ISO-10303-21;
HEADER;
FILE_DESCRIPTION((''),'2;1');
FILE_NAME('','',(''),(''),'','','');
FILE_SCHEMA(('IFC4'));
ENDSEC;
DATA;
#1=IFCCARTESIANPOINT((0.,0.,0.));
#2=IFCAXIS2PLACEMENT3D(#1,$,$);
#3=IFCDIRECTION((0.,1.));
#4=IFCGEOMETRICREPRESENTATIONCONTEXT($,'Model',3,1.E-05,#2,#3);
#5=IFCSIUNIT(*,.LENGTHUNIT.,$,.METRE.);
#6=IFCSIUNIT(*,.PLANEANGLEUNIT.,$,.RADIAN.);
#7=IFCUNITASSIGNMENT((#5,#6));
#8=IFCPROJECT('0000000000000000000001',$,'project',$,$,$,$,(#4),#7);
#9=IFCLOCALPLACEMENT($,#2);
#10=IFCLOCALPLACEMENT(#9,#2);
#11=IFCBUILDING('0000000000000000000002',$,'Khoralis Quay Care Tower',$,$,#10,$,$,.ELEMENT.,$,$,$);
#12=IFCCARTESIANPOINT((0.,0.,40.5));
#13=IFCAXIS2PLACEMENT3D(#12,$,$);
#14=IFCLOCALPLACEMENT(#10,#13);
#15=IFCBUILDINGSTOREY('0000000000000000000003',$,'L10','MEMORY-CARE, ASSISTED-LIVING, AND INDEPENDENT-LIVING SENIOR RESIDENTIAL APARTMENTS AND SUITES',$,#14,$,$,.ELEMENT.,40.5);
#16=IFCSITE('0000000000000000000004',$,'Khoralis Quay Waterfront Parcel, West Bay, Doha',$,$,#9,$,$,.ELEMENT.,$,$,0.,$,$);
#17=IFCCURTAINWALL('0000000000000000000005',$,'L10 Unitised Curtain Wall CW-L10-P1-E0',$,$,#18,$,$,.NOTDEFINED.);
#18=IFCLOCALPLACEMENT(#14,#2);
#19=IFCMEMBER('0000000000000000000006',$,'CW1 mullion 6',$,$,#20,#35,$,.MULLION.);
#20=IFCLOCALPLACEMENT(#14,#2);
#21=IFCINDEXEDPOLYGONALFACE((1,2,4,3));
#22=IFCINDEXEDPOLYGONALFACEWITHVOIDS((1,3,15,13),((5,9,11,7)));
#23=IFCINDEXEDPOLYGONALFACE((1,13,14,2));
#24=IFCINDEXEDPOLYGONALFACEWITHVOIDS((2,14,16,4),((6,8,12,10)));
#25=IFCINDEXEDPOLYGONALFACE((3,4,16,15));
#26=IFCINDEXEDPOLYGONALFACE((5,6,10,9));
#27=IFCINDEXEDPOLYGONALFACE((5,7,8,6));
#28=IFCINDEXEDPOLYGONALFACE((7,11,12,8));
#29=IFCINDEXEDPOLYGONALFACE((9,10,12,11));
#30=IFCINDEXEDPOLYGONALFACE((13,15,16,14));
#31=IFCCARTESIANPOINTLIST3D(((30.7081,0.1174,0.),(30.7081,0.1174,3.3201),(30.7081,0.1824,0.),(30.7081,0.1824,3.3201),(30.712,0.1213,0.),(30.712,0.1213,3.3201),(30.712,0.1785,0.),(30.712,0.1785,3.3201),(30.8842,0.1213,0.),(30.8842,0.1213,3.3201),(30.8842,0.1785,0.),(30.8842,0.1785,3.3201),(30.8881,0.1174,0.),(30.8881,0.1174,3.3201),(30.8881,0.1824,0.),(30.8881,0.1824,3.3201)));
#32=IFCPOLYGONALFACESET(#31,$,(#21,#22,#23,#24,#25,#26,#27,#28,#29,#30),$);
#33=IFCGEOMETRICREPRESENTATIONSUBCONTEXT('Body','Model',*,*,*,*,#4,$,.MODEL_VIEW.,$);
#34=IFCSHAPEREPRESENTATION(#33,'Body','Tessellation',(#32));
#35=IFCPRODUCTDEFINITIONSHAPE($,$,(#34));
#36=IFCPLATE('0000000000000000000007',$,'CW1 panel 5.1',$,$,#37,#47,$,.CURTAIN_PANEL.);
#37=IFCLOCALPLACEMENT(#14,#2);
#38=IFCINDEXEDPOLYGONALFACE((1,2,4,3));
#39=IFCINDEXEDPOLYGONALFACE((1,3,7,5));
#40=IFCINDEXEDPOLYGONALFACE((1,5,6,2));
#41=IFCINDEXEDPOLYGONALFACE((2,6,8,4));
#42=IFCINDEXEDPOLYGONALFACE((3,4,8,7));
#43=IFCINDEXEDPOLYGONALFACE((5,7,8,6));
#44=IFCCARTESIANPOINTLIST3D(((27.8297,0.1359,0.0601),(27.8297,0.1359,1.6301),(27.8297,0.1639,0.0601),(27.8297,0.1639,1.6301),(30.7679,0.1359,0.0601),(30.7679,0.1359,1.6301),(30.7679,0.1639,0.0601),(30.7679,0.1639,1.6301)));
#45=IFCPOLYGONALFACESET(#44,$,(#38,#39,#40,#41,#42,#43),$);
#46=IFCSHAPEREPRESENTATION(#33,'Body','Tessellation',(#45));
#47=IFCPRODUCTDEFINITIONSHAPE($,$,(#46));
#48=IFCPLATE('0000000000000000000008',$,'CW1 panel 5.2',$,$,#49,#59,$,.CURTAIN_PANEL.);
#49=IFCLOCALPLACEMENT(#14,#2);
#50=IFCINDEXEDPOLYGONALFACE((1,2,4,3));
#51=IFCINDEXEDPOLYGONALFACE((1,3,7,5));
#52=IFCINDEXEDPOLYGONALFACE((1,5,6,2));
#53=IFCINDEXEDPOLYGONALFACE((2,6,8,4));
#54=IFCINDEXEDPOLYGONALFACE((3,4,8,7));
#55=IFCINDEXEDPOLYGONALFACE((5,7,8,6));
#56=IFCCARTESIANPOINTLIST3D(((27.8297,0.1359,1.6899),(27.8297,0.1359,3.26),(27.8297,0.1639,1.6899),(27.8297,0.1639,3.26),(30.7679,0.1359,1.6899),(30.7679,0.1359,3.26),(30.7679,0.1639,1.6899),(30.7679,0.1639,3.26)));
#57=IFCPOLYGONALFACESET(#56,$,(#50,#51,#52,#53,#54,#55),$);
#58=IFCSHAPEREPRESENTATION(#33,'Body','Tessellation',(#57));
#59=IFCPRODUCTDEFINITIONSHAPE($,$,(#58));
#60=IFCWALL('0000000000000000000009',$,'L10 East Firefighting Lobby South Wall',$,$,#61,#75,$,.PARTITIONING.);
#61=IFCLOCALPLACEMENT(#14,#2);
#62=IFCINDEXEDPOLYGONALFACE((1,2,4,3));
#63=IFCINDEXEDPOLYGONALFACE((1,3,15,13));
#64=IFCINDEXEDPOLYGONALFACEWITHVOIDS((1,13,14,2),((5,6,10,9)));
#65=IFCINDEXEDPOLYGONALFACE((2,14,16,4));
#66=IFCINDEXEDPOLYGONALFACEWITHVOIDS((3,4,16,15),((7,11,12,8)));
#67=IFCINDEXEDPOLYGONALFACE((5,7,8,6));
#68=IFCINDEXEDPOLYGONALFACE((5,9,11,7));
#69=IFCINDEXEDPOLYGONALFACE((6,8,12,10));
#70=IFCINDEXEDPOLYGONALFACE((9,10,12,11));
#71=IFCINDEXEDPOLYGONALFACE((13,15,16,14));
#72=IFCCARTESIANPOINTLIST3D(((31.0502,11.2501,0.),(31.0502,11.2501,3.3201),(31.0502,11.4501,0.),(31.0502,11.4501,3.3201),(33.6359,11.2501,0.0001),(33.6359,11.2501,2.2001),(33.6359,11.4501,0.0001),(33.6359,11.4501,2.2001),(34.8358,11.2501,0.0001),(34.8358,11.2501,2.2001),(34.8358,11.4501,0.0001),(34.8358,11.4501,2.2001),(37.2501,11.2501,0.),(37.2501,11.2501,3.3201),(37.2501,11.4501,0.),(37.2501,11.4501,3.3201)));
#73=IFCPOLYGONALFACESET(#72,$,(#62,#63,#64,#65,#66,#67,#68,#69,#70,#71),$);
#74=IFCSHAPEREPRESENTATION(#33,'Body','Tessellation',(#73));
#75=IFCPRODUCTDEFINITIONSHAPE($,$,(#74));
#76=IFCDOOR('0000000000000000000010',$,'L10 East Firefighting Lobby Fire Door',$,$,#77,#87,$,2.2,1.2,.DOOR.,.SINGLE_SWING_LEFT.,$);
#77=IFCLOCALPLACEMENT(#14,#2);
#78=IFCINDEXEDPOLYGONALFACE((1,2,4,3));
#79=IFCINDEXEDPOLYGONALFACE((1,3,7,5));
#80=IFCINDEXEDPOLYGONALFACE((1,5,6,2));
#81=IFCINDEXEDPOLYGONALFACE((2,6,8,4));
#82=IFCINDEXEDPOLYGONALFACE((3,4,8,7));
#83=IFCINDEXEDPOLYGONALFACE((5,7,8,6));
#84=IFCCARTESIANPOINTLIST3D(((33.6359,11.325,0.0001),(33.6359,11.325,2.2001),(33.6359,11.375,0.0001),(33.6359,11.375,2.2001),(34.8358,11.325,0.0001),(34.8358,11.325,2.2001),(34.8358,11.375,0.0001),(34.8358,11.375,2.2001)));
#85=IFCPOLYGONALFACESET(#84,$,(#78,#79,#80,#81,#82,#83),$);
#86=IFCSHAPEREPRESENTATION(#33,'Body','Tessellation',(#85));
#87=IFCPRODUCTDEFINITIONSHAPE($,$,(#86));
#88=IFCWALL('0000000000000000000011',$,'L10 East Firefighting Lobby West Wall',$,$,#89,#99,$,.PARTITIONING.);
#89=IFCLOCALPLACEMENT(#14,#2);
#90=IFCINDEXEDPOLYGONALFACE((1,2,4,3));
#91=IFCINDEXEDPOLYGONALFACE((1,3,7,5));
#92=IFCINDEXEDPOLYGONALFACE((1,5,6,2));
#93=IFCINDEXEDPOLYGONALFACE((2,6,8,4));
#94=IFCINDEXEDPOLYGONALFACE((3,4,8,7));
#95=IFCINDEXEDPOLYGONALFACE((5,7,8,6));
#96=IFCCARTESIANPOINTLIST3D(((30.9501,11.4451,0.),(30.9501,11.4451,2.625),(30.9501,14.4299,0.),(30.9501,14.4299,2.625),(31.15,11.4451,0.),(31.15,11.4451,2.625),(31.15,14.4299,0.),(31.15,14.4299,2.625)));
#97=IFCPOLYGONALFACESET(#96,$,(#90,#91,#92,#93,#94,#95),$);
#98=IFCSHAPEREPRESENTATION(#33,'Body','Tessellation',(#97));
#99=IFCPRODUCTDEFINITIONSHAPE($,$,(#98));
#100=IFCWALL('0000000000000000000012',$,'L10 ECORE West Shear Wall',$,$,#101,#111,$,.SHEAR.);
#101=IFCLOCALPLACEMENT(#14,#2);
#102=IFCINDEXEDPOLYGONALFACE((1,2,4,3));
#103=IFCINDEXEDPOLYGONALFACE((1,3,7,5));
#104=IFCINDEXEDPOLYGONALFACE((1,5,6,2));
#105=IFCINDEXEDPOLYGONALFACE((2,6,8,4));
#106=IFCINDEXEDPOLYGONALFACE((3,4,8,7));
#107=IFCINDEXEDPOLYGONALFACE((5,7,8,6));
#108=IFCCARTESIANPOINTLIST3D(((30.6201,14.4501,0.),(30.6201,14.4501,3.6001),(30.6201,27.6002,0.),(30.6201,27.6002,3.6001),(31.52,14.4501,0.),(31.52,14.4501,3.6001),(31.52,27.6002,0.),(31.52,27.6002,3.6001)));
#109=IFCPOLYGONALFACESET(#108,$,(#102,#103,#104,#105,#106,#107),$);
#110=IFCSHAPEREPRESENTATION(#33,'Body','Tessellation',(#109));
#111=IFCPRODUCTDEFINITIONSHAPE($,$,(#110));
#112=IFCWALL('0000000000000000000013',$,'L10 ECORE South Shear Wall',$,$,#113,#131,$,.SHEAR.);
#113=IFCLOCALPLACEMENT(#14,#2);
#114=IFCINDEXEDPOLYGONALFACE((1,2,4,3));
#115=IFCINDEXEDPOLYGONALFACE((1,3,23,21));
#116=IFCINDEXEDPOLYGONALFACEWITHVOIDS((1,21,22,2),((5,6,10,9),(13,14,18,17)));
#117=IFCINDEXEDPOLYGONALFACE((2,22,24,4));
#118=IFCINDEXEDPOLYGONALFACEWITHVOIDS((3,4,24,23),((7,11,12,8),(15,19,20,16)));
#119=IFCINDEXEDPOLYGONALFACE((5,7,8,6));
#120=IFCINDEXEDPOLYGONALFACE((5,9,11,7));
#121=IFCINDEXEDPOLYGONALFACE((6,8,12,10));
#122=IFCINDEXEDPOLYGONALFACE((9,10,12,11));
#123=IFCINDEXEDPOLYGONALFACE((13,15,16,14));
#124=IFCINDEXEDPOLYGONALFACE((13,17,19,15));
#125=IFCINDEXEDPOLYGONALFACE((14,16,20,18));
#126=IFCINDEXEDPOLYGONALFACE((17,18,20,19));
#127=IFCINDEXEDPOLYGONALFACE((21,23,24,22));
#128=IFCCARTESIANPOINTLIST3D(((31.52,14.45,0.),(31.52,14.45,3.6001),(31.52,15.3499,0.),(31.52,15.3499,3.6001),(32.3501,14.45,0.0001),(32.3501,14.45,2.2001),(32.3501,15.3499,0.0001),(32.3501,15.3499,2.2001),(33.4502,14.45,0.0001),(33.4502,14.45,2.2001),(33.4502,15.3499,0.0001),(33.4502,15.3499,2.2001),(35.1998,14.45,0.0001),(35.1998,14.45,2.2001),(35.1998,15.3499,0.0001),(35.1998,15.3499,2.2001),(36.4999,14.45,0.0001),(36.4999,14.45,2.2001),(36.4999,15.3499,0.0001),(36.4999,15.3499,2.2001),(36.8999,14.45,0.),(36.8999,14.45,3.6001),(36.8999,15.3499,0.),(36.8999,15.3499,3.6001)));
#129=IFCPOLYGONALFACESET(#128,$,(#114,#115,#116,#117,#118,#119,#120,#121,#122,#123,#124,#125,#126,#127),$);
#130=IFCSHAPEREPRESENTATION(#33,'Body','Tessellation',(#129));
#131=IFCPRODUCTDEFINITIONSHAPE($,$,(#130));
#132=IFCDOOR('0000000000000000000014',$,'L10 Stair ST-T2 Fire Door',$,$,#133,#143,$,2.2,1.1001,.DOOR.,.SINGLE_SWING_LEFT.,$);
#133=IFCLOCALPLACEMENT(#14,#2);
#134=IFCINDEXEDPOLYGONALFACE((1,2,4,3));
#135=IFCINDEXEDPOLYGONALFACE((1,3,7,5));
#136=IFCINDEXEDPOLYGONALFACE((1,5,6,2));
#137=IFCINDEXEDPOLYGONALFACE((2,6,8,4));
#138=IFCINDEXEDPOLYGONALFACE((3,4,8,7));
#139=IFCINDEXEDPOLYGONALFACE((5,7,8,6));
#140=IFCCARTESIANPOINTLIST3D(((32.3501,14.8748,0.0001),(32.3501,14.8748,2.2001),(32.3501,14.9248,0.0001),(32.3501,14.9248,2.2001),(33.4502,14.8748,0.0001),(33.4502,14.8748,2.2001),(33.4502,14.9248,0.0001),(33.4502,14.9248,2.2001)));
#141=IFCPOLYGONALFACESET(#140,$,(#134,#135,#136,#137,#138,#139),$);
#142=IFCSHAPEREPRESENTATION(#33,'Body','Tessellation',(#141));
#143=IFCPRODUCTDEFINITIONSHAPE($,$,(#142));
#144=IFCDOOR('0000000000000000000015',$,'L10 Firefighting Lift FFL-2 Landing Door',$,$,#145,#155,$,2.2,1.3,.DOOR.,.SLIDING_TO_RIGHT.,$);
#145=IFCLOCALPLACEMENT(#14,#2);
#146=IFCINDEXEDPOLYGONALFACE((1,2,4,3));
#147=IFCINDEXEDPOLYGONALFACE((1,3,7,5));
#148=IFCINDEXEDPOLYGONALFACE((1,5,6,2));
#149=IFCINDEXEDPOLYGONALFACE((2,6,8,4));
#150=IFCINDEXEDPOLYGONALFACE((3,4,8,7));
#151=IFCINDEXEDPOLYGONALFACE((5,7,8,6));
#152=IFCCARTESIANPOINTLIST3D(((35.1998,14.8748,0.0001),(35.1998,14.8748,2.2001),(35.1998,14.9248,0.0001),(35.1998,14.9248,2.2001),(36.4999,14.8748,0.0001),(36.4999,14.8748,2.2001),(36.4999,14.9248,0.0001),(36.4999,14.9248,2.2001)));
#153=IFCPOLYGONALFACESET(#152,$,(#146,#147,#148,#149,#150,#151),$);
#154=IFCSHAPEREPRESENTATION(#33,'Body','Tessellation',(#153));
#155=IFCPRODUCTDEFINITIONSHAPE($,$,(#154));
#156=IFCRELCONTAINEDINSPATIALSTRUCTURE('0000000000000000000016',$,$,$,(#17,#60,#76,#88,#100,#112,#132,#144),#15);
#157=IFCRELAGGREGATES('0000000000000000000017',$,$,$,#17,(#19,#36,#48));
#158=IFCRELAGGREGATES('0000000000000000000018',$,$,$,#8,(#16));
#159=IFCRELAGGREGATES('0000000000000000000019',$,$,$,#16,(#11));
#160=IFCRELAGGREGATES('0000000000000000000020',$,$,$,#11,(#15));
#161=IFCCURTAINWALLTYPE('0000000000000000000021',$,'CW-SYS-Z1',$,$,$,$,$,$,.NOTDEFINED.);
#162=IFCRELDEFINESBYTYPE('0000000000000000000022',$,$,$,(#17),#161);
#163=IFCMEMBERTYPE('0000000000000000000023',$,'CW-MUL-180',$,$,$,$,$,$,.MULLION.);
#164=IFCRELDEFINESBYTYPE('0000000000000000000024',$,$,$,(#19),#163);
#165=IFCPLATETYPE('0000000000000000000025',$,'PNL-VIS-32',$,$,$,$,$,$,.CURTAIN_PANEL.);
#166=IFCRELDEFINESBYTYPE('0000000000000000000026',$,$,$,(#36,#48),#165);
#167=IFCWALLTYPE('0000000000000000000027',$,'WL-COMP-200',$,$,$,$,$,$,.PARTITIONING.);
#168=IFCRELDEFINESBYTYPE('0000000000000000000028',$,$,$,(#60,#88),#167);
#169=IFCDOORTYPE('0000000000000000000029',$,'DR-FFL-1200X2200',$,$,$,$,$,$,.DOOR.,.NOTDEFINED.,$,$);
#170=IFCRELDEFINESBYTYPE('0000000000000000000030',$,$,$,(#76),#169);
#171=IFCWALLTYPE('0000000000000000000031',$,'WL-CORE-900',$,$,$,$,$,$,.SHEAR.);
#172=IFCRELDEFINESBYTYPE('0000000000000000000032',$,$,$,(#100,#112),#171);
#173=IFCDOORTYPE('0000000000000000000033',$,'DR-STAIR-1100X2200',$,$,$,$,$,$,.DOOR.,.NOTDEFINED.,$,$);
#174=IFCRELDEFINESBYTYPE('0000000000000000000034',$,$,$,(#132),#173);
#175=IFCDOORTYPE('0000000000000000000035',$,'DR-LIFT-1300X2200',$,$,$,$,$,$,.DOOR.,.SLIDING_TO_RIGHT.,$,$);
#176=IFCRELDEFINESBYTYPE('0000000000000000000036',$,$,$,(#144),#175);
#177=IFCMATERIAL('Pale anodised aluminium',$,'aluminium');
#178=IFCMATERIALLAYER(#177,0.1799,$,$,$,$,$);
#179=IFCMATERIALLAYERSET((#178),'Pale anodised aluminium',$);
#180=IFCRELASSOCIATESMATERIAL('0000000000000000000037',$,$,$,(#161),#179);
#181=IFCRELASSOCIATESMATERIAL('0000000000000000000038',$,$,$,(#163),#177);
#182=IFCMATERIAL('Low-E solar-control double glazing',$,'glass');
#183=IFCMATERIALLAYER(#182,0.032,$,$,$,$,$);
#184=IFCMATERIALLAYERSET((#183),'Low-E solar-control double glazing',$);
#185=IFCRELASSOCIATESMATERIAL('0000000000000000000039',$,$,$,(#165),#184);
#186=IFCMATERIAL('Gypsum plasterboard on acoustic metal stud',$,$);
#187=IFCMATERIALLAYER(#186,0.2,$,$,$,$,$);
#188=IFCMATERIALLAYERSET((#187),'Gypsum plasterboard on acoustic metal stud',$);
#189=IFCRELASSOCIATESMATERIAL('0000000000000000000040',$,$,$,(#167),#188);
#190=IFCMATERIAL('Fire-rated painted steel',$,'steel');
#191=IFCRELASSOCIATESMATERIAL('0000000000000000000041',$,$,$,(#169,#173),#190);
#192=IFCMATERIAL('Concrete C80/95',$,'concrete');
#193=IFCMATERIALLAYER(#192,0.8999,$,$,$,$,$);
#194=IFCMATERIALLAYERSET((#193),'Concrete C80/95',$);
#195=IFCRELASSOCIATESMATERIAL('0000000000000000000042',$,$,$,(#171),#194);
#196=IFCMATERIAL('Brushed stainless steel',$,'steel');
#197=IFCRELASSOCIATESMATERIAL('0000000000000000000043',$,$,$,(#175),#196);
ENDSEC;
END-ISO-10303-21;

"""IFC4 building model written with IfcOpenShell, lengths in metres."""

from ifc_helpers import new_model, si_unit, direction, frame, frame_2d, origin, origin_2d, place, context, subcontext, project, spatial, rectangle, hollow_rectangle, extrude, source, transform, mapped, material, layer, layer_set, material_profile, profile_set, type_object, element, fill, aggregate, save


model = new_model("IFC4")

# Units and contexts
model_context = context("Model", 3, precision=1e-05, world=origin(), true_north=direction((0.0, 1.0)))
body_context = subcontext(model_context, "Body", "Model", "MODEL_VIEW")
ifc_project = project(units=[si_unit("LENGTHUNIT", "METRE"), si_unit("PLANEANGLEUNIT", "RADIAN")], contexts=[model_context])

# Site, building, storey
site_placement = place(None, origin())
site = spatial("IfcSite", under=ifc_project, at=site_placement, Name="Khoralis Quay Waterfront Parcel, West Bay, Doha", CompositionType="ELEMENT", RefElevation=0.0)
building_placement = place(site_placement, origin())
building = spatial("IfcBuilding", under=site, at=building_placement, Name="Khoralis Quay Care Tower", CompositionType="ELEMENT")
storey_placement = place(building_placement, frame((0.0, 0.0, 40.5)))
storey = spatial("IfcBuildingStorey", under=building, at=storey_placement, Name="L10", Description="MEMORY-CARE, ASSISTED-LIVING, AND INDEPENDENT-LIVING SENIOR RESIDENTIAL APARTMENTS AND SUITES", CompositionType="ELEMENT", Elevation=40.5)

# Shared definitions
ifc_material_1 = material(Name="Concrete C80/95", Category="concrete")

# Curtain wall, member, plates
ifc_material_2 = material(Name="Pale anodised aluminium", Category="aluminium")
ifc_layer_1 = layer(ifc_material_2, 0.1799)
ifc_layer_set_1 = layer_set([ifc_layer_1], Name="Pale anodised aluminium")
curtain_wall_type = type_object("IfcCurtainWallType", Name="CW-SYS-Z1", PredefinedType="NOTDEFINED", material=ifc_layer_set_1)
curtain_wall_placement = place(storey_placement, origin())
curtain_wall = element("IfcCurtainWall", 1, at=curtain_wall_placement, inside=storey, type_object=curtain_wall_type, Name="L10 Unitised Curtain Wall CW-L10-P1-E0", PredefinedType="NOTDEFINED")
ifc_material_profile_1 = material_profile(ifc_material_2, hollow_rectangle(XDim=0.0649, YDim=0.1799, WallThickness=0.0039, at=origin_2d()), Name="Pale anodised aluminium")
ifc_profile_set_1 = profile_set([ifc_material_profile_1], Name="Pale anodised aluminium")
member_type = type_object("IfcMemberType", Name="CW-MUL-180", PredefinedType="MULLION", material=ifc_profile_set_1)
shared_shape_1 = source(origin(), body_context, "Body", "SweptSolid", [
    extrude(hollow_rectangle(XDim=0.0649, YDim=0.1799, WallThickness=0.0039, at=origin_2d()), origin(), (0.0, 0.0, 1.0), 3.3201),
])
member_placement = place(storey_placement, frame((30.7981, 0.1499, 0.0), z_axis=(0.0, 0.0, 1.0), x_axis=(0.0, 1.0, 0.0)))
member = element("IfcMember", 2, at=member_placement, type_object=member_type, Name="CW1 mullion 6", PredefinedType="MULLION", context=body_context, shape_type="MappedRepresentation", body=[
    mapped(shared_shape_1, transform((0.0, 0.0, 0.0), scale=1.0)),
])
ifc_material_3 = material(Name="Low-E solar-control double glazing", Category="glass")
ifc_layer_2 = layer(ifc_material_3, 0.032)
ifc_layer_set_2 = layer_set([ifc_layer_2], Name="Low-E solar-control double glazing")
plate_type = type_object("IfcPlateType", Name="PNL-VIS-32", PredefinedType="CURTAIN_PANEL", material=ifc_layer_set_2)
shared_shape_2 = source(origin(), body_context, "Body", "SweptSolid", [
    extrude(rectangle(XDim=2.9382, YDim=0.0281, at=origin_2d()), origin(), (0.0, 0.0, 1.0), 1.5701),
])
plate_1_placement = place(storey_placement, frame((29.2988, 0.1499, 0.0601), z_axis=(0.0, 0.0, 1.0), x_axis=(1.0, 0.0, 0.0)))
plate_1 = element("IfcPlate", 3, at=plate_1_placement, type_object=plate_type, Name="CW1 panel 5.1", PredefinedType="CURTAIN_PANEL", context=body_context, shape_type="MappedRepresentation", body=[
    mapped(shared_shape_2, transform((0.0, 0.0, 0.0), scale=1.0)),
])
plate_2_placement = place(storey_placement, frame((29.2988, 0.1499, 1.6899), z_axis=(0.0, 0.0, 1.0), x_axis=(1.0, 0.0, 0.0)))
plate_2 = element("IfcPlate", 4, at=plate_2_placement, type_object=plate_type, Name="CW1 panel 5.2", PredefinedType="CURTAIN_PANEL", context=body_context, shape_type="MappedRepresentation", body=[
    mapped(shared_shape_2, transform((0.0, 0.0, 0.0), scale=1.0)),
])
aggregate(curtain_wall, [member, plate_1, plate_2])

# Wall, opening, door
ifc_material_4 = material(Name="Gypsum plasterboard on acoustic metal stud")
ifc_layer_3 = layer(ifc_material_4, 0.2)
ifc_layer_set_3 = layer_set([ifc_layer_3], Name="Gypsum plasterboard on acoustic metal stud")
wall_type_1 = type_object("IfcWallType", Name="WL-COMP-200", PredefinedType="PARTITIONING", material=ifc_layer_set_3)
wall_1_placement = place(storey_placement, frame((31.05, 11.3501, 0.0), z_axis=(0.0, 0.0, 1.0), x_axis=(1.0, 0.0, 0.0)))
wall_1 = element("IfcWall", 5, at=wall_1_placement, inside=storey, type_object=wall_type_1, Name="L10 East Firefighting Lobby South Wall", PredefinedType="PARTITIONING", context=body_context, shape_type="SweptSolid", body=[
    extrude(rectangle(XDim=6.2, YDim=0.2, at=frame_2d((3.1001, 0.0))), origin(), (0.0, 0.0, 1.0), 3.3201),
])
opening_1_placement = place(wall_1_placement, frame((2.5857, 0.0, 0.0)))
opening_1 = element("IfcOpeningElement", 6, at=opening_1_placement, cuts=wall_1, PredefinedType="OPENING", context=body_context, shape_type="SweptSolid", body=[
    extrude(rectangle(XDim=1.2, YDim=2.2, at=frame_2d((0.6001, 1.1001))), frame((0.0, 0.1099, 0.0), z_axis=(0.0, -1.0, 0.0), x_axis=(1.0, 0.0, 0.0)), (0.0, 0.0, 1.0), 0.22),
])
ifc_material_5 = material(Name="Fire-rated painted steel", Category="steel")
door_type_1 = type_object("IfcDoorType", Name="DR-FFL-1200X2200", OperationType="NOTDEFINED", PredefinedType="DOOR", material=ifc_material_5)
shared_shape_3 = source(origin(), body_context, "Body", "SweptSolid", [
    extrude(rectangle(XDim=1.2, YDim=2.2, at=frame_2d((0.6001, 1.1001))), frame((0.0, 0.0249, 0.0), z_axis=(0.0, -1.0, 0.0), x_axis=(1.0, 0.0, 0.0)), (0.0, 0.0, 1.0), 0.05),
])
door_1_placement = place(opening_1_placement, origin())
door_1 = element("IfcDoor", 7, at=door_1_placement, inside=storey, type_object=door_type_1, Name="L10 East Firefighting Lobby Fire Door", OperationType="SINGLE_SWING_LEFT", OverallHeight=2.2, OverallWidth=1.2, PredefinedType="DOOR", context=body_context, shape_type="MappedRepresentation", body=[
    mapped(shared_shape_3, transform((0.0, 0.0, 0.0), scale=1.0)),
])
fill(opening_1, door_1)

# Walls
wall_2_placement = place(storey_placement, frame((31.05, 11.4451, 0.0), z_axis=(0.0, 0.0, 1.0), x_axis=(0.0, 1.0, 0.0)))
element("IfcWall", 8, at=wall_2_placement, inside=storey, type_object=wall_type_1, Name="L10 East Firefighting Lobby West Wall", PredefinedType="PARTITIONING", context=body_context, shape_type="SweptSolid", body=[
    extrude(rectangle(XDim=2.9849, YDim=0.2, at=frame_2d((1.4924, 0.0))), origin(), (0.0, 0.0, 1.0), 2.625),
])
ifc_layer_4 = layer(ifc_material_1, 0.8999)
ifc_layer_set_4 = layer_set([ifc_layer_4], Name="Concrete C80/95")
wall_type_2 = type_object("IfcWallType", Name="WL-CORE-900", PredefinedType="SHEAR", material=ifc_layer_set_4)
wall_3_placement = place(storey_placement, frame((31.0701, 14.45, 0.0), z_axis=(0.0, 0.0, 1.0), x_axis=(0.0, 1.0, 0.0)))
element("IfcWall", 9, at=wall_3_placement, inside=storey, type_object=wall_type_2, Name="L10 ECORE West Shear Wall", PredefinedType="SHEAR", context=body_context, shape_type="SweptSolid", body=[
    extrude(rectangle(XDim=13.1501, YDim=0.8999, at=frame_2d((6.5752, 0.0))), origin(), (0.0, 0.0, 1.0), 3.6001),
])

# Wall, openings, doors
wall_4_placement = place(storey_placement, frame((31.52, 14.8999, 0.0), z_axis=(0.0, 0.0, 1.0), x_axis=(1.0, 0.0, 0.0)))
wall_4 = element("IfcWall", 10, at=wall_4_placement, inside=storey, type_object=wall_type_2, Name="L10 ECORE South Shear Wall", PredefinedType="SHEAR", context=body_context, shape_type="SweptSolid", body=[
    extrude(rectangle(XDim=5.3799, YDim=0.8999, at=frame_2d((2.6899, 0.0))), origin(), (0.0, 0.0, 1.0), 3.6001),
])
opening_2_placement = place(wall_4_placement, frame((0.8301, 0.0, 0.0)))
opening_2 = element("IfcOpeningElement", 11, at=opening_2_placement, cuts=wall_4, PredefinedType="OPENING", context=body_context, shape_type="SweptSolid", body=[
    extrude(rectangle(XDim=1.1001, YDim=2.2, at=frame_2d((0.55, 1.1001))), frame((0.0, 0.46, 0.0), z_axis=(0.0, -1.0, 0.0), x_axis=(1.0, 0.0, 0.0)), (0.0, 0.0, 1.0), 0.9199),
])
opening_3_placement = place(wall_4_placement, frame((3.6799, 0.0, 0.0)))
opening_3 = element("IfcOpeningElement", 12, at=opening_3_placement, cuts=wall_4, PredefinedType="OPENING", context=body_context, shape_type="SweptSolid", body=[
    extrude(rectangle(XDim=1.3, YDim=2.2, at=frame_2d((0.6499, 1.1001))), frame((0.0, 0.46, 0.0), z_axis=(0.0, -1.0, 0.0), x_axis=(1.0, 0.0, 0.0)), (0.0, 0.0, 1.0), 0.9199),
])
door_type_2 = type_object("IfcDoorType", Name="DR-STAIR-1100X2200", OperationType="NOTDEFINED", PredefinedType="DOOR", material=ifc_material_5)
shared_shape_4 = source(origin(), body_context, "Body", "SweptSolid", [
    extrude(rectangle(XDim=1.1001, YDim=2.2, at=frame_2d((0.55, 1.1001))), frame((0.0, 0.0249, 0.0), z_axis=(0.0, -1.0, 0.0), x_axis=(1.0, 0.0, 0.0)), (0.0, 0.0, 1.0), 0.05),
])
door_2_placement = place(opening_2_placement, origin())
door_2 = element("IfcDoor", 13, at=door_2_placement, inside=storey, type_object=door_type_2, Name="L10 Stair ST-T2 Fire Door", OperationType="SINGLE_SWING_LEFT", OverallHeight=2.2, OverallWidth=1.1001, PredefinedType="DOOR", context=body_context, shape_type="MappedRepresentation", body=[
    mapped(shared_shape_4, transform((0.0, 0.0, 0.0), scale=1.0)),
])
fill(opening_2, door_2)
ifc_material_6 = material(Name="Brushed stainless steel", Category="steel")
door_type_3 = type_object("IfcDoorType", Name="DR-LIFT-1300X2200", OperationType="SLIDING_TO_RIGHT", PredefinedType="DOOR", material=ifc_material_6)
shared_shape_5 = source(origin(), body_context, "Body", "SweptSolid", [
    extrude(rectangle(XDim=1.3, YDim=2.2, at=frame_2d((0.6499, 1.1001))), frame((0.0, 0.0249, 0.0), z_axis=(0.0, -1.0, 0.0), x_axis=(1.0, 0.0, 0.0)), (0.0, 0.0, 1.0), 0.05),
])
door_3_placement = place(opening_3_placement, origin())
door_3 = element("IfcDoor", 14, at=door_3_placement, inside=storey, type_object=door_type_3, Name="L10 Firefighting Lift FFL-2 Landing Door", OperationType="SLIDING_TO_RIGHT", OverallHeight=2.2, OverallWidth=1.3, PredefinedType="DOOR", context=body_context, shape_type="MappedRepresentation", body=[
    mapped(shared_shape_5, transform((0.0, 0.0, 0.0), scale=1.0)),
])
fill(opening_3, door_3)

save(model, "model.ifc")
